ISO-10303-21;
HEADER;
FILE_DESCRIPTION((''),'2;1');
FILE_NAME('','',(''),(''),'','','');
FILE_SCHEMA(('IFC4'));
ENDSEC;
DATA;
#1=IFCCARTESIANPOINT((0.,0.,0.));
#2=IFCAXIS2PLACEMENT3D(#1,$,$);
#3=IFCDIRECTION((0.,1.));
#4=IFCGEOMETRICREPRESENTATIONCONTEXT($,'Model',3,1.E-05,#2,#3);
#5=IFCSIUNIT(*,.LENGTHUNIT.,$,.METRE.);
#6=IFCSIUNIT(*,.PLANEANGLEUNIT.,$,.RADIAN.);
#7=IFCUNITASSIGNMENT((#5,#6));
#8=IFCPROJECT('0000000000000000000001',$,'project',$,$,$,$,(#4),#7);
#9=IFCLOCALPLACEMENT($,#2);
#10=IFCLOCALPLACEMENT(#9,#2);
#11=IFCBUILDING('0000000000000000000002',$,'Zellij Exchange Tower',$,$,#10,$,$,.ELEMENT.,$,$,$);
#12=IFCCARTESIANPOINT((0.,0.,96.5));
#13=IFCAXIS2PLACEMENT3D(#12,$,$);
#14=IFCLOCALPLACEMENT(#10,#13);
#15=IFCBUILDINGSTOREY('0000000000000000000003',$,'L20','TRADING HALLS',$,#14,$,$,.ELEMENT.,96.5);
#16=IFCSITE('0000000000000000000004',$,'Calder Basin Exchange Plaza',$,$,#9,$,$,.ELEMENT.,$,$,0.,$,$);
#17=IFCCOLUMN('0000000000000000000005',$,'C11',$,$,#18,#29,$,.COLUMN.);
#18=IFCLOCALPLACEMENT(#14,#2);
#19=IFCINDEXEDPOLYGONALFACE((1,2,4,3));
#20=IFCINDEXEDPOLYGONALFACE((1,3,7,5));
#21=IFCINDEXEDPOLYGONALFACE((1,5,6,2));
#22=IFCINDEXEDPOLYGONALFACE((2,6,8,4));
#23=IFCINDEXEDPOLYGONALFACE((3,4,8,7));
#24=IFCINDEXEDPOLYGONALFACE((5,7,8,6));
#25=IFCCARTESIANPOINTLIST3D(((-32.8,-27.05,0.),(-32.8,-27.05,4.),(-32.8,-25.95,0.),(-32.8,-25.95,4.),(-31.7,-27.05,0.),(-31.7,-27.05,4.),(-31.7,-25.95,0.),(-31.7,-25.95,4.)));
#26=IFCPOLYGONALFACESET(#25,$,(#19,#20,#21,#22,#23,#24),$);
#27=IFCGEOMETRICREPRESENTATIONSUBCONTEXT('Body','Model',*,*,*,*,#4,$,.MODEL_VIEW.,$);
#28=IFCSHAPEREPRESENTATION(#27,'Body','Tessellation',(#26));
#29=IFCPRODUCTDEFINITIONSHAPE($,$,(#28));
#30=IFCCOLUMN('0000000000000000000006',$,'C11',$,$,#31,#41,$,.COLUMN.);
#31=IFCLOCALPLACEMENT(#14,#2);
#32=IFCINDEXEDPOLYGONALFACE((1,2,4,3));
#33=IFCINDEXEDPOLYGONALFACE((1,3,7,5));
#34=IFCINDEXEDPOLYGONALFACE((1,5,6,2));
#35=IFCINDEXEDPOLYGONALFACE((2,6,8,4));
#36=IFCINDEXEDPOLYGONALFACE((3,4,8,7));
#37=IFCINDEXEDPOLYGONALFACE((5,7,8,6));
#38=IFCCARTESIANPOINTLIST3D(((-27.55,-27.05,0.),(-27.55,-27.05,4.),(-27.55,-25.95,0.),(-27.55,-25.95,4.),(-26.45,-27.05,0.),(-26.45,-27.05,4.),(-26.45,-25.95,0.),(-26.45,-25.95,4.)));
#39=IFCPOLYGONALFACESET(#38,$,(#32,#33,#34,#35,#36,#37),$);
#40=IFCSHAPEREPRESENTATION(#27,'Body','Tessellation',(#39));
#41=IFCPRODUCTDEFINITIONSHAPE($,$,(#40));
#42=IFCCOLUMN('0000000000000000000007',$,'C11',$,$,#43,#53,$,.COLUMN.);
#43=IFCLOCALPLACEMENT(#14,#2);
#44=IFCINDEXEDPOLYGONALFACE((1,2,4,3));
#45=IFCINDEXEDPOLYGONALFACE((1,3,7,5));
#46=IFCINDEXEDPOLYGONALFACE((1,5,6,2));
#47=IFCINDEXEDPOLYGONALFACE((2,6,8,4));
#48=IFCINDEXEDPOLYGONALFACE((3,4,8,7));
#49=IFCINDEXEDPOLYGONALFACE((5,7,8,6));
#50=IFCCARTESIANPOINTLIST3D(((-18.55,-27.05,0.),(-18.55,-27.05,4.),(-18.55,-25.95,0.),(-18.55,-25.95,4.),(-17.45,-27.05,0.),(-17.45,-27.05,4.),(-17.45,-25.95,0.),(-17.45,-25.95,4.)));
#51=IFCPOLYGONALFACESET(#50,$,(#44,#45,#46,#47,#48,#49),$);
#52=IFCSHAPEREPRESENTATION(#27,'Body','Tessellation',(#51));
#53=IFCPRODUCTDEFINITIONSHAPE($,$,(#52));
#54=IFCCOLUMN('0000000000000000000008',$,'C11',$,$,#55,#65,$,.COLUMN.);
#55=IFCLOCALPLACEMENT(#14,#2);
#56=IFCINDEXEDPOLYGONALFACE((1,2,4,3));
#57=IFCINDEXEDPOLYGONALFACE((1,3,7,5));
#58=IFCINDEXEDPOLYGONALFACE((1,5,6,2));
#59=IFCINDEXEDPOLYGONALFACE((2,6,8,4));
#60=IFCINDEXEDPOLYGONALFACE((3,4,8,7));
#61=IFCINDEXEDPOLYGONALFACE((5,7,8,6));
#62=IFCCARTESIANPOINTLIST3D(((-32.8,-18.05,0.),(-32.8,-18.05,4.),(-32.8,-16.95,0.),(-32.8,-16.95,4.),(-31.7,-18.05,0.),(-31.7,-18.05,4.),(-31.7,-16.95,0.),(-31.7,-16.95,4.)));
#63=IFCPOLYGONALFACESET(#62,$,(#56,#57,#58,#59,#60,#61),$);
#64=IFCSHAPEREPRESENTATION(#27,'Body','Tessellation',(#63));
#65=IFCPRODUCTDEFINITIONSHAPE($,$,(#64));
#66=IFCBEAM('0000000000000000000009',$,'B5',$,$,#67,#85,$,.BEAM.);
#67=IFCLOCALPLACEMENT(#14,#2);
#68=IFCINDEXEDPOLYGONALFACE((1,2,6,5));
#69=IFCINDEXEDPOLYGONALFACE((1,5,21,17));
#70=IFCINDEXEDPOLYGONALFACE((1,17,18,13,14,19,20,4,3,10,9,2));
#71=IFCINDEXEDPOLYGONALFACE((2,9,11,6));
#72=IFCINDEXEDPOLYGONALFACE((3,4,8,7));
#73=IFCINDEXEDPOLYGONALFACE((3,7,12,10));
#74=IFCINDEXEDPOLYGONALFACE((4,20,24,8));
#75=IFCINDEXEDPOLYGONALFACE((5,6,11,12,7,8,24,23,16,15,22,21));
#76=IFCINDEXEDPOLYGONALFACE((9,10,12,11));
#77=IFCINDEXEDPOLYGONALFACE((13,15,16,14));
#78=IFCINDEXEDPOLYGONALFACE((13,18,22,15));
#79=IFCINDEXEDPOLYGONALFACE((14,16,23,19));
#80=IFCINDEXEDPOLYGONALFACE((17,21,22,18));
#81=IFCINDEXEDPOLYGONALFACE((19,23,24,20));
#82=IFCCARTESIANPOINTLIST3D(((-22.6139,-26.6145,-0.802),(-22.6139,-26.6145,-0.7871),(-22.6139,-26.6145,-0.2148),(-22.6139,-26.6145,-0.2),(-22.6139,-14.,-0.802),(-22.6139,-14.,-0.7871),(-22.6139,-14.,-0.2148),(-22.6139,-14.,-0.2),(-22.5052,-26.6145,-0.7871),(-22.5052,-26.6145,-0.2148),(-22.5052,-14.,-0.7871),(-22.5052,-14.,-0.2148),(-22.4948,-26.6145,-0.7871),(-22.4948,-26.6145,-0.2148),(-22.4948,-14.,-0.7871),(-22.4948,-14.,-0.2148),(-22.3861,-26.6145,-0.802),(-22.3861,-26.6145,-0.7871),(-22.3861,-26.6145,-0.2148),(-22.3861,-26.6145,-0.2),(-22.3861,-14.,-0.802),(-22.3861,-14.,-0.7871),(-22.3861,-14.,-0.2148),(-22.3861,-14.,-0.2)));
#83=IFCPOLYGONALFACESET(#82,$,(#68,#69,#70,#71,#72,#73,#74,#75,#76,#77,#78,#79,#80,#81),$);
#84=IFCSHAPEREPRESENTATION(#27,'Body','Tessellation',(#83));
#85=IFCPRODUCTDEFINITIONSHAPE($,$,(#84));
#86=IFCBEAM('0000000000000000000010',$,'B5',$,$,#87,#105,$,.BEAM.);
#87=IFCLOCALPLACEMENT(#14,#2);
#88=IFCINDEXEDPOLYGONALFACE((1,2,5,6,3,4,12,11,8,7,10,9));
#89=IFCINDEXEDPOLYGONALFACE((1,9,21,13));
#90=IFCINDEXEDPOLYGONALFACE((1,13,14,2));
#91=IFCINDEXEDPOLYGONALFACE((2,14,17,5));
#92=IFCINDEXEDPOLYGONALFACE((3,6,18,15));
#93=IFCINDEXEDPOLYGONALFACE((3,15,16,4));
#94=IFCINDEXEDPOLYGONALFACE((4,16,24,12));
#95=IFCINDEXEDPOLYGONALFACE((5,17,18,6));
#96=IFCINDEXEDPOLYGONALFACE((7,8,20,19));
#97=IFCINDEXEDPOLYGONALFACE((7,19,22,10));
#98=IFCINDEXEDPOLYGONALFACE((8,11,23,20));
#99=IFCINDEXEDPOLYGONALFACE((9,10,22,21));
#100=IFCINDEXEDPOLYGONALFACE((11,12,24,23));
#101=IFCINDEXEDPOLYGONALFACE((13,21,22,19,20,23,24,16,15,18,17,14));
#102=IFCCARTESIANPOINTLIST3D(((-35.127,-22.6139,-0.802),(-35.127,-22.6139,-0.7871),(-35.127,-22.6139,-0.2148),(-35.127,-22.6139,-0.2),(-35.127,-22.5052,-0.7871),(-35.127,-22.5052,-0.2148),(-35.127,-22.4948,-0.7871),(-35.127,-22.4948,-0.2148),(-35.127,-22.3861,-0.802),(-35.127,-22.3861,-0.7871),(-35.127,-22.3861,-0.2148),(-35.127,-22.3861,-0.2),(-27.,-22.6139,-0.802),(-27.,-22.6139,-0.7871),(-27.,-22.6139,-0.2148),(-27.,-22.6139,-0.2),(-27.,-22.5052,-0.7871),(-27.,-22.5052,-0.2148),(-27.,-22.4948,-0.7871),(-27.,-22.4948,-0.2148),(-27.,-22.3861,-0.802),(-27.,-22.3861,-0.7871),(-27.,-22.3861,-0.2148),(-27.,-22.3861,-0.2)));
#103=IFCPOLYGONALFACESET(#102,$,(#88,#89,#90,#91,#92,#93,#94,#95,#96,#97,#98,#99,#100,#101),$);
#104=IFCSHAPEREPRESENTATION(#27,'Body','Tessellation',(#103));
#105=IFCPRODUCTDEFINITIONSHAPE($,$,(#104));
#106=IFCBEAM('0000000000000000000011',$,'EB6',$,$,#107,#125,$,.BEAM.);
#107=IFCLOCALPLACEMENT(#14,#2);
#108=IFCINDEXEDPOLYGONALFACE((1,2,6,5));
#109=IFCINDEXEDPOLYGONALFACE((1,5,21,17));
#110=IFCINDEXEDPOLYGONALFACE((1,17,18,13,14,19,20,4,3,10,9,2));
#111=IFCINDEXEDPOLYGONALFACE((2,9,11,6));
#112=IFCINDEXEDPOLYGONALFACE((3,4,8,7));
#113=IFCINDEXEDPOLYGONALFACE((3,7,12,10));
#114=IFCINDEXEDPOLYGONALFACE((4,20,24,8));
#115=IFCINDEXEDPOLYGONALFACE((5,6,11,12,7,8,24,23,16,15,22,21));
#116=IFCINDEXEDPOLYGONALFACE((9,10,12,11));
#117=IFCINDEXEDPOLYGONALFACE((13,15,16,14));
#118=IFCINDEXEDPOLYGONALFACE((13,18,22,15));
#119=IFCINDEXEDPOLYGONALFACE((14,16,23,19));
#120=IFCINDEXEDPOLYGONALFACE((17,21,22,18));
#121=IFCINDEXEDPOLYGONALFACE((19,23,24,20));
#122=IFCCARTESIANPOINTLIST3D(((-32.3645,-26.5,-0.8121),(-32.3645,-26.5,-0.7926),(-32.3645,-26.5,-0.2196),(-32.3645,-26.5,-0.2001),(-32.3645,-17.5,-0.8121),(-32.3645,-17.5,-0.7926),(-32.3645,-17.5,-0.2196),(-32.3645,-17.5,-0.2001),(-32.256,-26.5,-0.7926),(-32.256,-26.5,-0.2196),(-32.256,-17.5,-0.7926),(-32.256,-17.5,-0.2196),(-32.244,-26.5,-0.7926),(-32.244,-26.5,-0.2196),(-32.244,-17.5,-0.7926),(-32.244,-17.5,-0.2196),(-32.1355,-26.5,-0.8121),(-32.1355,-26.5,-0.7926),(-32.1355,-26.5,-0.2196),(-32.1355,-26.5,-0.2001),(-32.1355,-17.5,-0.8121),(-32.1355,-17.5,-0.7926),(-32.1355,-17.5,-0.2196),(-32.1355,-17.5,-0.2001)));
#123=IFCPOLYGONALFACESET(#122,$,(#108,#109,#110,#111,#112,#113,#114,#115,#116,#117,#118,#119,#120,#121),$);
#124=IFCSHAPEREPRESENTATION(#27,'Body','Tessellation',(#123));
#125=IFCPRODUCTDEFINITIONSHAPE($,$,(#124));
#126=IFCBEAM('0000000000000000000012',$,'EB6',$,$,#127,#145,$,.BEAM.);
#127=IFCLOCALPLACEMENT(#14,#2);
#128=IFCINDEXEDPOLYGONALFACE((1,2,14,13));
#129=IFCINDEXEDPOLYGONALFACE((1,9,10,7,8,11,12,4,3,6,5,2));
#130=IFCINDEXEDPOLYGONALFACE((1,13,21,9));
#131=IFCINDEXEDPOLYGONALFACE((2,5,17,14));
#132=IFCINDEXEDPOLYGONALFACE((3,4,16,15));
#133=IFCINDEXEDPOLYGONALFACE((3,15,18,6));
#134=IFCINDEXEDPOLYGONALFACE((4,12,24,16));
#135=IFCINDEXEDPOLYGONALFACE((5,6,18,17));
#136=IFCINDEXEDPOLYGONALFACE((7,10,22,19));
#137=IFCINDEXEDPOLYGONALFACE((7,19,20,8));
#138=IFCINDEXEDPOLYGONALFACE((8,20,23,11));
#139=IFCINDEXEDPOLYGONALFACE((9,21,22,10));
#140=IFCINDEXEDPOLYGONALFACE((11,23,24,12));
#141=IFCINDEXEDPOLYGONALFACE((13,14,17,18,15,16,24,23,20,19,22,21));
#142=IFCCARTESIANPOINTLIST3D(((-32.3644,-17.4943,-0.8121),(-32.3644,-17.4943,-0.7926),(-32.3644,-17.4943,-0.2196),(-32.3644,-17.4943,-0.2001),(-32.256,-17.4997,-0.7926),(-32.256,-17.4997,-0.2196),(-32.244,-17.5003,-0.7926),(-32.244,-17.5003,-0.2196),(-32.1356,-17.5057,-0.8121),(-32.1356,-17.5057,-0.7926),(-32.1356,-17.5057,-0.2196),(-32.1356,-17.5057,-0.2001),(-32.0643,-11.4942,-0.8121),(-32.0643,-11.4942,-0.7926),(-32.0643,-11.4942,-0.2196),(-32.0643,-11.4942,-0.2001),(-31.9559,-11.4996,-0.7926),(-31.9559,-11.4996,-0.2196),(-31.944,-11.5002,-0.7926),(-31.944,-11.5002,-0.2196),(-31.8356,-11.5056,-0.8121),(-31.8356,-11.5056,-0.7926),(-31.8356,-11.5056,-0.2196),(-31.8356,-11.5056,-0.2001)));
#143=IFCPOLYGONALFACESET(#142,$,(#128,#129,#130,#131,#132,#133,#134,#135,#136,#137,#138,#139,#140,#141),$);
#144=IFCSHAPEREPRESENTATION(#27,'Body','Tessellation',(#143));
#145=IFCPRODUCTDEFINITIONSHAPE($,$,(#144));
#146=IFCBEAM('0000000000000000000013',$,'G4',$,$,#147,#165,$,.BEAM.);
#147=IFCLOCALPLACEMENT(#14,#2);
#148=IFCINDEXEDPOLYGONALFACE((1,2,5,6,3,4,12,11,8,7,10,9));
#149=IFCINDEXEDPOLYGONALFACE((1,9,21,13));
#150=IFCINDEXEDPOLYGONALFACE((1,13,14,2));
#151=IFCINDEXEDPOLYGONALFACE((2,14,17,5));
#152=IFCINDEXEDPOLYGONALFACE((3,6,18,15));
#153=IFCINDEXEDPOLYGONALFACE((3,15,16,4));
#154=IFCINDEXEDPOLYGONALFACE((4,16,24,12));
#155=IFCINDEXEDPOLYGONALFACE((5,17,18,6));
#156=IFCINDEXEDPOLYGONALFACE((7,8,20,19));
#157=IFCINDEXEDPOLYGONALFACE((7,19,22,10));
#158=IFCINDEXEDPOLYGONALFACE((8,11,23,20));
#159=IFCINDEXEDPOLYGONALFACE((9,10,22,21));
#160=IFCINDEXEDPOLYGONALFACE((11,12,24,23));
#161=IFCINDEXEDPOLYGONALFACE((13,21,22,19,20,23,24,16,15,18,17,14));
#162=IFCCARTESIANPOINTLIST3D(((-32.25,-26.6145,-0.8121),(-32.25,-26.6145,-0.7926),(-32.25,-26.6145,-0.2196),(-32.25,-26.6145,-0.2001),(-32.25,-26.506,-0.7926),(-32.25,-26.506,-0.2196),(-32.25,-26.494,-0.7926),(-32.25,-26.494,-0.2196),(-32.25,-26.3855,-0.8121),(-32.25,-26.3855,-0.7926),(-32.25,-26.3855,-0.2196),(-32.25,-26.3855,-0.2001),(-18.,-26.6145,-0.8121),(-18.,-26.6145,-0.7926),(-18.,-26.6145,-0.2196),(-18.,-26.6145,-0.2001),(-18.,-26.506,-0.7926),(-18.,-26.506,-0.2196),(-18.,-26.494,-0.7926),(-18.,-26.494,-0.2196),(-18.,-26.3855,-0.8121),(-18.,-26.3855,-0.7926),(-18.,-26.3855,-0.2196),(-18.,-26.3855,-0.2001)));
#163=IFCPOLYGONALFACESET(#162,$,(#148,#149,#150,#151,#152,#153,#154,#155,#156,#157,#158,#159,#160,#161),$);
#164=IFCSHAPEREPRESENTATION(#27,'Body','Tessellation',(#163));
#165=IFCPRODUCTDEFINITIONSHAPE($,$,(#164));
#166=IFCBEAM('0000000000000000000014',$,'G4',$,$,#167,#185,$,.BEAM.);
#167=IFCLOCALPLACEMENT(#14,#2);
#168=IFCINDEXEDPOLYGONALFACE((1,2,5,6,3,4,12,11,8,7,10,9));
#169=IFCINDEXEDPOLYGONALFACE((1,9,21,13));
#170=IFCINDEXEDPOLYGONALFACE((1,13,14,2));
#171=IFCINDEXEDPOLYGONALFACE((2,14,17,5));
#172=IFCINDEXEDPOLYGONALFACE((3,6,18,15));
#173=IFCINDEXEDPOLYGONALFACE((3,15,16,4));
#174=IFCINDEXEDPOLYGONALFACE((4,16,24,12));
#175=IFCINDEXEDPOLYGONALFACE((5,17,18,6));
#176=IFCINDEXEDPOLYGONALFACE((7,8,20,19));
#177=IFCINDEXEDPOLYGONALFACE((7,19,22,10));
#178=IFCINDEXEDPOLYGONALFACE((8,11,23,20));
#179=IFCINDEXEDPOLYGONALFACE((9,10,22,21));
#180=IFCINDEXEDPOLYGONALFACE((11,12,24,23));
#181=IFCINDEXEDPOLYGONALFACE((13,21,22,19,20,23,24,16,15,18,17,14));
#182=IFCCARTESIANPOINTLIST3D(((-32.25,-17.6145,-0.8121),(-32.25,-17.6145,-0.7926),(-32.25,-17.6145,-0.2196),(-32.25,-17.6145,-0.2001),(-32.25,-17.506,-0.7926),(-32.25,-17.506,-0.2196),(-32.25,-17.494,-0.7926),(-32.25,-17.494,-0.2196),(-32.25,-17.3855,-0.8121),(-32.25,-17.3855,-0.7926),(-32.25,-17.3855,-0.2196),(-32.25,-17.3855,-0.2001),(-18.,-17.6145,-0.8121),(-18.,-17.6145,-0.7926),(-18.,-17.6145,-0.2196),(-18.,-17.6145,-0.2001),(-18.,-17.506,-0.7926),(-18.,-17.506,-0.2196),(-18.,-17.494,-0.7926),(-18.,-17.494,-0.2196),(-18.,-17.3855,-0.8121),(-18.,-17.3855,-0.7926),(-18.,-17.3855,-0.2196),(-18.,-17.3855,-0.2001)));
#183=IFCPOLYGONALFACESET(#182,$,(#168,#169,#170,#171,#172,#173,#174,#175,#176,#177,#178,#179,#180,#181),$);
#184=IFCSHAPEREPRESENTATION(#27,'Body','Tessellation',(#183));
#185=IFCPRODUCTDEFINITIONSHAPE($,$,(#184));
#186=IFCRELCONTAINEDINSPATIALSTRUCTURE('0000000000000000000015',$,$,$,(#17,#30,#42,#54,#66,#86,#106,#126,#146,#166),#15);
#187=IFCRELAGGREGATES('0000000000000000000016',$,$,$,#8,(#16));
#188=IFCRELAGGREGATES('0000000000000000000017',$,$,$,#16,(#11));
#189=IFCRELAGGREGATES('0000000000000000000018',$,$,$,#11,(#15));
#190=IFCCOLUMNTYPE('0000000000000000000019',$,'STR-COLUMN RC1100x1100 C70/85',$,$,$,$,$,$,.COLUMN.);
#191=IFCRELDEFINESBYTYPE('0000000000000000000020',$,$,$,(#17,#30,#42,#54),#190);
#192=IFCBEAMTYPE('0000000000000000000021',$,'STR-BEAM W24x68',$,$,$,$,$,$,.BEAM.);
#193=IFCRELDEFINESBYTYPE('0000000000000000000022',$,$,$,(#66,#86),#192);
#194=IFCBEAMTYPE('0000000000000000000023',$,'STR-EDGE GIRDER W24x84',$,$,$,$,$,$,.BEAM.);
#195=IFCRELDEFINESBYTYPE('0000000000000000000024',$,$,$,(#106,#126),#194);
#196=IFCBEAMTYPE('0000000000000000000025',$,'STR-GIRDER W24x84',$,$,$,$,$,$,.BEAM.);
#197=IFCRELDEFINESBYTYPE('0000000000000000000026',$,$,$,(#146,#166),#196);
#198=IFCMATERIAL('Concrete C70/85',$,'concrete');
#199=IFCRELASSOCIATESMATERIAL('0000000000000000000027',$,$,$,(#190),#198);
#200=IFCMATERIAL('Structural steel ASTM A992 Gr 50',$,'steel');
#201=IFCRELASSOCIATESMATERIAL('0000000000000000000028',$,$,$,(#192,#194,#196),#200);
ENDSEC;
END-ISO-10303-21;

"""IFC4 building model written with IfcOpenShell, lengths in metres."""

from ifc_helpers import new_model, si_unit, direction, frame, origin, origin_2d, place, context, subcontext, project, spatial, rectangle, i_section, extrude, material, material_profile, profile_set, type_object, element, save


model = new_model("IFC4")

# Units and contexts
model_context = context("Model", 3, precision=1e-05, world=origin(), true_north=direction((0.0, 1.0)))
body_context = subcontext(model_context, "Body", "Model", "MODEL_VIEW")
ifc_project = project(units=[si_unit("LENGTHUNIT", "METRE"), si_unit("PLANEANGLEUNIT", "RADIAN")], contexts=[model_context])

# Site, building, storey
site_placement = place(None, origin())
site = spatial("IfcSite", under=ifc_project, at=site_placement, Name="Calder Basin Exchange Plaza", CompositionType="ELEMENT", RefElevation=0.0)
building_placement = place(site_placement, origin())
building = spatial("IfcBuilding", under=site, at=building_placement, Name="Zellij Exchange Tower", CompositionType="ELEMENT")
storey_placement = place(building_placement, frame((0.0, 0.0, 96.5)))
storey = spatial("IfcBuildingStorey", under=building, at=storey_placement, Name="L20", Description="TRADING HALLS", CompositionType="ELEMENT", Elevation=96.5)

# Columns
ifc_material_1 = material(Name="Concrete C70/85", Category="concrete")
ifc_material_profile_1 = material_profile(ifc_material_1, rectangle(XDim=1.1001, YDim=1.1001, at=origin_2d()), Name="STR-COLUMN RC1100x1100 C70/85")
ifc_profile_set_1 = profile_set([ifc_material_profile_1], Name="Concrete C70/85")
column_type = type_object("IfcColumnType", Name="STR-COLUMN RC1100x1100 C70/85", PredefinedType="COLUMN", material=ifc_profile_set_1)
for number, where, z_axis, x_axis, name in (
    (1, (-32.25, -26.5, 0.0), (0.0, 0.0, 1.0), (1.0, 0.0, 0.0), "C11"),
    (2, (-27.0, -26.5, 0.0), (0.0, 0.0, 1.0), (1.0, 0.0, 0.0), "C11"),
    (3, (-18.0, -26.5, 0.0), (0.0, 0.0, 1.0), (1.0, 0.0, 0.0), "C11"),
    (4, (-32.25, -17.5, 0.0), (0.0, 0.0, 1.0), (1.0, 0.0, 0.0), "C11"),
):
    element("IfcColumn", number, at=place(storey_placement, frame(where, z_axis=z_axis, x_axis=x_axis)), inside=storey, type_object=column_type, Name=name, PredefinedType="COLUMN", context=body_context, shape_type="SweptSolid", body=[
        extrude(rectangle(XDim=1.1001, YDim=1.1001, at=origin_2d()), origin(), (0.0, 0.0, 1.0), 4.0),
    ])

# Beams
ifc_material_2 = material(Name="Structural steel ASTM A992 Gr 50", Category="steel")
ifc_material_profile_2 = material_profile(ifc_material_2, i_section(OverallWidth=0.2278, OverallDepth=0.6021, WebThickness=0.0105, FlangeThickness=0.0149, at=origin_2d()), Name="W24x68")
ifc_profile_set_2 = profile_set([ifc_material_profile_2], Name="Structural steel ASTM A992 Gr 50")
beam_type_1 = type_object("IfcBeamType", Name="STR-BEAM W24x68", PredefinedType="BEAM", material=ifc_profile_set_2)
beam_1_placement = place(storey_placement, frame((-22.5, -26.6145, -0.501), z_axis=(0.0, 1.0, 0.0), x_axis=(-1.0, 0.0, 0.0)))
element("IfcBeam", 5, at=beam_1_placement, inside=storey, type_object=beam_type_1, Name="B5", PredefinedType="BEAM", context=body_context, shape_type="SweptSolid", body=[
    extrude(i_section(OverallWidth=0.2278, OverallDepth=0.6021, WebThickness=0.0105, FlangeThickness=0.0149, at=origin_2d()), origin(), (0.0, 0.0, 1.0), 12.6145),
])
beam_2_placement = place(storey_placement, frame((-35.127, -22.5, -0.501), z_axis=(1.0, 0.0, 0.0), x_axis=(0.0, 1.0, 0.0)))
element("IfcBeam", 6, at=beam_2_placement, inside=storey, type_object=beam_type_1, Name="B5", PredefinedType="BEAM", context=body_context, shape_type="SweptSolid", body=[
    extrude(i_section(OverallWidth=0.2278, OverallDepth=0.6021, WebThickness=0.0105, FlangeThickness=0.0149, at=origin_2d()), origin(), (0.0, 0.0, 1.0), 8.127),
])
ifc_material_profile_3 = material_profile(ifc_material_2, i_section(OverallWidth=0.229, OverallDepth=0.6121, WebThickness=0.012, FlangeThickness=0.0195, at=origin_2d()), Name="W24x84")
ifc_profile_set_3 = profile_set([ifc_material_profile_3], Name="Structural steel ASTM A992 Gr 50")
beam_type_2 = type_object("IfcBeamType", Name="STR-EDGE GIRDER W24x84", PredefinedType="BEAM", material=ifc_profile_set_3)
beam_3_placement = place(storey_placement, frame((-32.25, -26.5, -0.5061), z_axis=(0.0, 1.0, 0.0), x_axis=(-1.0, 0.0, 0.0)))
element("IfcBeam", 7, at=beam_3_placement, inside=storey, type_object=beam_type_2, Name="EB6", PredefinedType="BEAM", context=body_context, shape_type="SweptSolid", body=[
    extrude(i_section(OverallWidth=0.229, OverallDepth=0.6121, WebThickness=0.012, FlangeThickness=0.0195, at=origin_2d()), origin(), (0.0, 0.0, 1.0), 9.0),
])
beam_4_placement = place(storey_placement, frame((-32.25, -17.5, -0.5061), z_axis=(0.049946, 0.998752, 0.0), x_axis=(-0.998752, 0.049946, 0.0)))
element("IfcBeam", 8, at=beam_4_placement, inside=storey, type_object=beam_type_2, Name="EB6", PredefinedType="BEAM", context=body_context, shape_type="SweptSolid", body=[
    extrude(i_section(OverallWidth=0.229, OverallDepth=0.6121, WebThickness=0.012, FlangeThickness=0.0195, at=origin_2d()), origin(), (0.0, 0.0, 1.0), 6.0076),
])
ifc_material_profile_4 = material_profile(ifc_material_2, i_section(OverallWidth=0.229, OverallDepth=0.6121, WebThickness=0.012, FlangeThickness=0.0195, at=origin_2d()), Name="W24x84")
ifc_profile_set_4 = profile_set([ifc_material_profile_4], Name="Structural steel ASTM A992 Gr 50")
beam_type_3 = type_object("IfcBeamType", Name="STR-GIRDER W24x84", PredefinedType="BEAM", material=ifc_profile_set_4)
for number, where, z_axis, x_axis, name in (
    (9, (-32.25, -26.5, -0.5061), (1.0, 0.0, 0.0), (0.0, 1.0, 0.0), "G4"),
    (10, (-32.25, -17.5, -0.5061), (1.0, 0.0, 0.0), (0.0, 1.0, 0.0), "G4"),
):
    element("IfcBeam", number, at=place(storey_placement, frame(where, z_axis=z_axis, x_axis=x_axis)), inside=storey, type_object=beam_type_3, Name=name, PredefinedType="BEAM", context=body_context, shape_type="SweptSolid", body=[
        extrude(i_section(OverallWidth=0.229, OverallDepth=0.6121, WebThickness=0.012, FlangeThickness=0.0195, at=origin_2d()), origin(), (0.0, 0.0, 1.0), 14.25),
    ])

save(model, "model.ifc")
